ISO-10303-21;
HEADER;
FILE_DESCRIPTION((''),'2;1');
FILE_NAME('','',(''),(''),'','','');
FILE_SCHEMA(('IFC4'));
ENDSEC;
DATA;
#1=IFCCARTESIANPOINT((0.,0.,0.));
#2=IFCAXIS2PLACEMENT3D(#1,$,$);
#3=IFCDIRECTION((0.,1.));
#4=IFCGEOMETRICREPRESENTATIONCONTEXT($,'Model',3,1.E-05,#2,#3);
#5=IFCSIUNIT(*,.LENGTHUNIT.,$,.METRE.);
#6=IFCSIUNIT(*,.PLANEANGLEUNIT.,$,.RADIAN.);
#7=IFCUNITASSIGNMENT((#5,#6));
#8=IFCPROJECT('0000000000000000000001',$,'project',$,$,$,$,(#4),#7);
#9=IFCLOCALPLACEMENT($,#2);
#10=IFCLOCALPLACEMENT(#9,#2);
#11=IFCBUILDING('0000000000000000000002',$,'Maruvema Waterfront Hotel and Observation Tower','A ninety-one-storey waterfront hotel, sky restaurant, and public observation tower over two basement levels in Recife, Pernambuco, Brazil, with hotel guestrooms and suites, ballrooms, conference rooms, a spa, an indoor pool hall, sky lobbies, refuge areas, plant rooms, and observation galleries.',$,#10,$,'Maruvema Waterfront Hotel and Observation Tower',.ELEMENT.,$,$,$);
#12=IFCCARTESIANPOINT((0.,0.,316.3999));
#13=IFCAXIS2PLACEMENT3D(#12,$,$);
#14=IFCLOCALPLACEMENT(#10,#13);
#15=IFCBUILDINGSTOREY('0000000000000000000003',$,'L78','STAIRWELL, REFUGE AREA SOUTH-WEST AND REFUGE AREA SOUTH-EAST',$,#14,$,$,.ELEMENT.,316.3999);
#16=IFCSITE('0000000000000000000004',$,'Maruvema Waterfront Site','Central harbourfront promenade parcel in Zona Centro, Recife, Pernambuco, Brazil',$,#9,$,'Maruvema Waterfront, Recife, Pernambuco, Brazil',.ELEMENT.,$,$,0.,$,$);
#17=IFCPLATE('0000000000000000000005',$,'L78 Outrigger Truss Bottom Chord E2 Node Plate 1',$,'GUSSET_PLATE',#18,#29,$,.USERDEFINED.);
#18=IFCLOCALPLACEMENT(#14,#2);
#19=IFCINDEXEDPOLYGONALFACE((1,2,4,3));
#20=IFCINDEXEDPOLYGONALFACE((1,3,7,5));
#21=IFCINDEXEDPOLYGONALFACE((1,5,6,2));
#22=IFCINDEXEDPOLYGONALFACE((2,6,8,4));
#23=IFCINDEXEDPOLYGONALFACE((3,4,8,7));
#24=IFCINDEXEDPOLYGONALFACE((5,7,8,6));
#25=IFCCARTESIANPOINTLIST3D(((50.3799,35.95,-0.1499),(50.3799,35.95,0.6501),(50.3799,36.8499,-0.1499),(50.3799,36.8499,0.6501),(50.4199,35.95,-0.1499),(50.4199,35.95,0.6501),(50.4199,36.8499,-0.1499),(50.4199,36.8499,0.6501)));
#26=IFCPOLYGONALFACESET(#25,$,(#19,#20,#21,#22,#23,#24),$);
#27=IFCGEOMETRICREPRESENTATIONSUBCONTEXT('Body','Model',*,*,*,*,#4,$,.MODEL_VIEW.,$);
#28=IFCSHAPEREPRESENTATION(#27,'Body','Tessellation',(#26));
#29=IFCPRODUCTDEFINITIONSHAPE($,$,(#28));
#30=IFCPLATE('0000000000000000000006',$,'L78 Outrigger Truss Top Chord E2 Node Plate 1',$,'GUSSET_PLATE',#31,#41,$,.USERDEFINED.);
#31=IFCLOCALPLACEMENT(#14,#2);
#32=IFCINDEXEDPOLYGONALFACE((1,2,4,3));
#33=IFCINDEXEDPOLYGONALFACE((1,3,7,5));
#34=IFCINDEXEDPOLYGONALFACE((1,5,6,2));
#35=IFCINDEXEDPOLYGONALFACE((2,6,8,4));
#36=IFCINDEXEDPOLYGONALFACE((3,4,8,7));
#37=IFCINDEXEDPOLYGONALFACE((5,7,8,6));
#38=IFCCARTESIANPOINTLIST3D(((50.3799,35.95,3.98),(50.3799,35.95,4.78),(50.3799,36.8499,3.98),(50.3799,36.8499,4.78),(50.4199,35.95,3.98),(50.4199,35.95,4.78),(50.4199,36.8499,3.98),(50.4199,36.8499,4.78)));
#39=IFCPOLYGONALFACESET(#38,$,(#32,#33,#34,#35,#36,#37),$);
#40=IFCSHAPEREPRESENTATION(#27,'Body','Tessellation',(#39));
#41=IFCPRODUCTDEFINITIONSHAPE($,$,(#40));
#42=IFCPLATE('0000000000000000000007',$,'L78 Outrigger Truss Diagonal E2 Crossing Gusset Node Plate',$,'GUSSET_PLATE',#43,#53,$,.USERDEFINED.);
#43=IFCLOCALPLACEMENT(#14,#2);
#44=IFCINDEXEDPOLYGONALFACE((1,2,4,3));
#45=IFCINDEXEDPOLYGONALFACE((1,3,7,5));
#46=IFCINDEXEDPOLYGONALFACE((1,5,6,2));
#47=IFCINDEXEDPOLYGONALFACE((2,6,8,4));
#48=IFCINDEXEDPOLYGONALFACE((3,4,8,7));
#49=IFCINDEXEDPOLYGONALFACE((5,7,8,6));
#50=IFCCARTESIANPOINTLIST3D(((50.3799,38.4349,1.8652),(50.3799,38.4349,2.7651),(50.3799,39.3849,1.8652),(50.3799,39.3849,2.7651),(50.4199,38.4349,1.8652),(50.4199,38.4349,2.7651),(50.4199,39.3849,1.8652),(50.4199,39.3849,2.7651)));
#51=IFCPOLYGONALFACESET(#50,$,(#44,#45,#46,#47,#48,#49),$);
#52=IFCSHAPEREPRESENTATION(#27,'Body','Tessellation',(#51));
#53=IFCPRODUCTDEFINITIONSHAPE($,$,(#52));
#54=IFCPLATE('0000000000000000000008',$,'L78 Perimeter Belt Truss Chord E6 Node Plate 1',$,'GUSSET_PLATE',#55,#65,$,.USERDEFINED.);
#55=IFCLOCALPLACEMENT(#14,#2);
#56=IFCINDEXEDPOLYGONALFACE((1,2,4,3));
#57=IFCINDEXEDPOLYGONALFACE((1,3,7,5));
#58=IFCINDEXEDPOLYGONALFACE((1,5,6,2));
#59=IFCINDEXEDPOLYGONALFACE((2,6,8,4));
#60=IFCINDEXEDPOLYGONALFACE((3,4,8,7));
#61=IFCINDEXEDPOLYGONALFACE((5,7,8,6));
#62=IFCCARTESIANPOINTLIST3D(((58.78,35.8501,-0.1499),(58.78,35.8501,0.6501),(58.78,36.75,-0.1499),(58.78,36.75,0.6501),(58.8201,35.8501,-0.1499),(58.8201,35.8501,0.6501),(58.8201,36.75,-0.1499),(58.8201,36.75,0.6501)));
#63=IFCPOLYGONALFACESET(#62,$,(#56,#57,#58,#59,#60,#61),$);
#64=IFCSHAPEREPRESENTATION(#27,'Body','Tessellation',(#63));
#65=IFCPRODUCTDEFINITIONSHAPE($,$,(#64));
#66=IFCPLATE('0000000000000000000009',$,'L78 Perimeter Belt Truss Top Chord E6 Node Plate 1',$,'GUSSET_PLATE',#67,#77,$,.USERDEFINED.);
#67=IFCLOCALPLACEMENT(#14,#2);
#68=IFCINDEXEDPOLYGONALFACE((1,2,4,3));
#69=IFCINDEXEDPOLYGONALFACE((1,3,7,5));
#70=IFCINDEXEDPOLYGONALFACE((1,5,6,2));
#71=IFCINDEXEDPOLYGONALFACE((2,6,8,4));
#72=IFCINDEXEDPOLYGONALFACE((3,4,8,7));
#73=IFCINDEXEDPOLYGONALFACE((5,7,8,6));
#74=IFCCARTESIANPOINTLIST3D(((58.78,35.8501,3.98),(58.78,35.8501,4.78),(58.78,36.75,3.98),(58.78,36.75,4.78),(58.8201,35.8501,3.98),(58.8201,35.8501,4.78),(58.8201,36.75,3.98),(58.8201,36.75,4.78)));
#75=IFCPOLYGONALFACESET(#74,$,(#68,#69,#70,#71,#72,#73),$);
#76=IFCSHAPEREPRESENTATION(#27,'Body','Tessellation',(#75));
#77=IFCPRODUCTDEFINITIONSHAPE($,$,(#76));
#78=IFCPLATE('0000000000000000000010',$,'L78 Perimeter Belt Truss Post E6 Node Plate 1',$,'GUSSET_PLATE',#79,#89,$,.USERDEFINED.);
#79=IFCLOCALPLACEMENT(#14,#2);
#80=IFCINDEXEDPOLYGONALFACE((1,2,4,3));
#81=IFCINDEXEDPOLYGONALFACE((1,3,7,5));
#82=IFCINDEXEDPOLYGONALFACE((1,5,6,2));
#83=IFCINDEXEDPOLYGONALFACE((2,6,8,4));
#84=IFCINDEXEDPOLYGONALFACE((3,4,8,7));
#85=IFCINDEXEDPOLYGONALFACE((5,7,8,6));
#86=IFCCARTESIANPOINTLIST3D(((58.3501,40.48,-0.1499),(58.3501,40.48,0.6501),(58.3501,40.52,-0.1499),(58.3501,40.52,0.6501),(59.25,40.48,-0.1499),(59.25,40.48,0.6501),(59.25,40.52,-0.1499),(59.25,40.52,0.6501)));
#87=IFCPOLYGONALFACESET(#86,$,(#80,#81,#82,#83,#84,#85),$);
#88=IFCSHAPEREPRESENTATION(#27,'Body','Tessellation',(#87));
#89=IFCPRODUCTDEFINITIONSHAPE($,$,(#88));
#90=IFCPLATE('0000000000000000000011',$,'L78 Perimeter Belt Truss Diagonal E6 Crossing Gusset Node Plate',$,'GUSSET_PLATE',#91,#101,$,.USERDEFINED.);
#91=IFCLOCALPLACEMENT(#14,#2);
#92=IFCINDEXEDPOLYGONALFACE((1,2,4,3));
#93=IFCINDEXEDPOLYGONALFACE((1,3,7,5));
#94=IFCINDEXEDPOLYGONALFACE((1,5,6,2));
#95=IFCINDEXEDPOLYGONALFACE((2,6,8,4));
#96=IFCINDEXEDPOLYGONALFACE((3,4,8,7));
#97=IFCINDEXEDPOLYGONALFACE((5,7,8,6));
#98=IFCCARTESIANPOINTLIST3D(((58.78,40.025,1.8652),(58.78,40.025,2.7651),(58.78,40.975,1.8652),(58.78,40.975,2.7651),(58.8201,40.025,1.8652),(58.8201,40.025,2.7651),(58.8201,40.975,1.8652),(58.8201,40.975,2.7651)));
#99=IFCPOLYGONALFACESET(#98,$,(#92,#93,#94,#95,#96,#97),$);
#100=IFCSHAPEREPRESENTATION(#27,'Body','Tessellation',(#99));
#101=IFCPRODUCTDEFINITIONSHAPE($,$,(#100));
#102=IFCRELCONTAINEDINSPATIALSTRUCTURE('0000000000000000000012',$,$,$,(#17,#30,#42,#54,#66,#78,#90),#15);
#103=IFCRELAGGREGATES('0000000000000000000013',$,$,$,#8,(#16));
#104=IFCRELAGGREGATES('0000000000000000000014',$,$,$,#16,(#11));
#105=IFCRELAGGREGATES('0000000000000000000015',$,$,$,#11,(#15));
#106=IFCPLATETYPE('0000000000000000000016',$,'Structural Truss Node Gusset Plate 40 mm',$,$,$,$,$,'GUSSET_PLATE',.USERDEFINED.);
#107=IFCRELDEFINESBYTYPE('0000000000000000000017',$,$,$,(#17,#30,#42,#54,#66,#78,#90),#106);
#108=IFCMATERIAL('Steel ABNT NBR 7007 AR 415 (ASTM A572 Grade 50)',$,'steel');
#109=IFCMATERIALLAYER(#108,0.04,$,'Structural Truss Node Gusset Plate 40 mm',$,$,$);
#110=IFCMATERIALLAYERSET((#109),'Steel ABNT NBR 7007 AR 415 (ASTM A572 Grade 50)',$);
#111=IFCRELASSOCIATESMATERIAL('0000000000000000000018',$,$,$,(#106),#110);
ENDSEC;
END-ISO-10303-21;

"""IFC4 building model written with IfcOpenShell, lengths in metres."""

from ifc_helpers import new_model, si_unit, direction, frame, origin, origin_2d, place, context, subcontext, project, spatial, rectangle, extrude, material, layer, layer_set, type_object, element, save


model = new_model("IFC4")

# Units and contexts
model_context = context("Model", 3, precision=1e-05, world=origin(), true_north=direction((0.0, 1.0)))
body_context = subcontext(model_context, "Body", "Model", "MODEL_VIEW")
ifc_project = project(units=[si_unit("LENGTHUNIT", "METRE"), si_unit("PLANEANGLEUNIT", "RADIAN")], contexts=[model_context])

# Site, building, storey
site_placement = place(None, origin())
site = spatial("IfcSite", under=ifc_project, at=site_placement, Name="Maruvema Waterfront Site", Description="Central harbourfront promenade parcel in Zona Centro, Recife, Pernambuco, Brazil", LongName="Maruvema Waterfront, Recife, Pernambuco, Brazil", CompositionType="ELEMENT", RefElevation=0.0)
building_placement = place(site_placement, origin())
building = spatial("IfcBuilding", under=site, at=building_placement, Name="Maruvema Waterfront Hotel and Observation Tower", Description="A ninety-one-storey waterfront hotel, sky restaurant, and public observation tower over two basement levels in Recife, Pernambuco, Brazil, with hotel guestrooms and suites, ballrooms, conference rooms, a spa, an indoor pool hall, sky lobbies, refuge areas, plant rooms, and observation galleries.", LongName="Maruvema Waterfront Hotel and Observation Tower", CompositionType="ELEMENT")
storey_placement = place(building_placement, frame((0.0, 0.0, 316.3999)))
storey = spatial("IfcBuildingStorey", under=building, at=storey_placement, Name="L78", Description="STAIRWELL, REFUGE AREA SOUTH-WEST AND REFUGE AREA SOUTH-EAST", CompositionType="ELEMENT", Elevation=316.3999)

# Plates
ifc_material_1 = material(Name="Steel ABNT NBR 7007 AR 415 (ASTM A572 Grade 50)", Category="steel")
ifc_layer_1 = layer(ifc_material_1, 0.04, Name="Structural Truss Node Gusset Plate 40 mm")
ifc_layer_set_1 = layer_set([ifc_layer_1], Name="Steel ABNT NBR 7007 AR 415 (ASTM A572 Grade 50)")
plate_type_1 = type_object("IfcPlateType", Name="Structural Truss Node Gusset Plate 40 mm", ElementType="GUSSET_PLATE", PredefinedType="USERDEFINED", material=ifc_layer_set_1)
for number, where, z_axis, x_axis, name in (
    (1, (50.3999, 36.3999, -0.1499), (0.0, 0.0, 1.0), (0.0, 1.0, 0.0), "L78 Outrigger Truss Bottom Chord E2 Node Plate 1"),
    (2, (50.3999, 36.3999, 3.98), (0.0, 0.0, 1.0), (0.0, 1.0, 0.0), "L78 Outrigger Truss Top Chord E2 Node Plate 1"),
):
    element("IfcPlate", number, at=place(storey_placement, frame(where, z_axis=z_axis, x_axis=x_axis)), inside=storey, type_object=plate_type_1, Name=name, ObjectType="GUSSET_PLATE", PredefinedType="USERDEFINED", context=body_context, shape_type="SweptSolid", body=[
        extrude(rectangle(XDim=0.8999, YDim=0.04, at=origin_2d()), origin(), (0.0, 0.0, 1.0), 0.8),
    ])
plate_1_placement = place(storey_placement, frame((50.3999, 38.9099, 1.8652), z_axis=(0.0, 0.0, 1.0), x_axis=(0.0, -1.0, 0.0)))
element("IfcPlate", 3, at=plate_1_placement, inside=storey, type_object=plate_type_1, Name="L78 Outrigger Truss Diagonal E2 Crossing Gusset Node Plate", ObjectType="GUSSET_PLATE", PredefinedType="USERDEFINED", context=body_context, shape_type="SweptSolid", body=[
    extrude(rectangle(XDim=0.95, YDim=0.04, at=origin_2d()), origin(), (0.0, 0.0, 1.0), 0.8999),
])
for number, where, z_axis, x_axis, name in (
    (4, (58.8, 36.3, -0.1499), (0.0, 0.0, 1.0), (0.0, 1.0, 0.0), "L78 Perimeter Belt Truss Chord E6 Node Plate 1"),
    (5, (58.8, 36.3, 3.98), (0.0, 0.0, 1.0), (0.0, 1.0, 0.0), "L78 Perimeter Belt Truss Top Chord E6 Node Plate 1"),
    (6, (58.8, 40.5, -0.1499), (0.0, 0.0, 1.0), (1.0, 0.0, 0.0), "L78 Perimeter Belt Truss Post E6 Node Plate 1"),
):
    element("IfcPlate", number, at=place(storey_placement, frame(where, z_axis=z_axis, x_axis=x_axis)), inside=storey, type_object=plate_type_1, Name=name, ObjectType="GUSSET_PLATE", PredefinedType="USERDEFINED", context=body_context, shape_type="SweptSolid", body=[
        extrude(rectangle(XDim=0.8999, YDim=0.04, at=origin_2d()), origin(), (0.0, 0.0, 1.0), 0.8),
    ])
plate_2_placement = place(storey_placement, frame((58.8, 40.5, 1.8652), z_axis=(0.0, 0.0, 1.0), x_axis=(0.0, -1.0, 0.0)))
element("IfcPlate", 7, at=plate_2_placement, inside=storey, type_object=plate_type_1, Name="L78 Perimeter Belt Truss Diagonal E6 Crossing Gusset Node Plate", ObjectType="GUSSET_PLATE", PredefinedType="USERDEFINED", context=body_context, shape_type="SweptSolid", body=[
    extrude(rectangle(XDim=0.95, YDim=0.04, at=origin_2d()), origin(), (0.0, 0.0, 1.0), 0.8999),
])

save(model, "model.ifc")
